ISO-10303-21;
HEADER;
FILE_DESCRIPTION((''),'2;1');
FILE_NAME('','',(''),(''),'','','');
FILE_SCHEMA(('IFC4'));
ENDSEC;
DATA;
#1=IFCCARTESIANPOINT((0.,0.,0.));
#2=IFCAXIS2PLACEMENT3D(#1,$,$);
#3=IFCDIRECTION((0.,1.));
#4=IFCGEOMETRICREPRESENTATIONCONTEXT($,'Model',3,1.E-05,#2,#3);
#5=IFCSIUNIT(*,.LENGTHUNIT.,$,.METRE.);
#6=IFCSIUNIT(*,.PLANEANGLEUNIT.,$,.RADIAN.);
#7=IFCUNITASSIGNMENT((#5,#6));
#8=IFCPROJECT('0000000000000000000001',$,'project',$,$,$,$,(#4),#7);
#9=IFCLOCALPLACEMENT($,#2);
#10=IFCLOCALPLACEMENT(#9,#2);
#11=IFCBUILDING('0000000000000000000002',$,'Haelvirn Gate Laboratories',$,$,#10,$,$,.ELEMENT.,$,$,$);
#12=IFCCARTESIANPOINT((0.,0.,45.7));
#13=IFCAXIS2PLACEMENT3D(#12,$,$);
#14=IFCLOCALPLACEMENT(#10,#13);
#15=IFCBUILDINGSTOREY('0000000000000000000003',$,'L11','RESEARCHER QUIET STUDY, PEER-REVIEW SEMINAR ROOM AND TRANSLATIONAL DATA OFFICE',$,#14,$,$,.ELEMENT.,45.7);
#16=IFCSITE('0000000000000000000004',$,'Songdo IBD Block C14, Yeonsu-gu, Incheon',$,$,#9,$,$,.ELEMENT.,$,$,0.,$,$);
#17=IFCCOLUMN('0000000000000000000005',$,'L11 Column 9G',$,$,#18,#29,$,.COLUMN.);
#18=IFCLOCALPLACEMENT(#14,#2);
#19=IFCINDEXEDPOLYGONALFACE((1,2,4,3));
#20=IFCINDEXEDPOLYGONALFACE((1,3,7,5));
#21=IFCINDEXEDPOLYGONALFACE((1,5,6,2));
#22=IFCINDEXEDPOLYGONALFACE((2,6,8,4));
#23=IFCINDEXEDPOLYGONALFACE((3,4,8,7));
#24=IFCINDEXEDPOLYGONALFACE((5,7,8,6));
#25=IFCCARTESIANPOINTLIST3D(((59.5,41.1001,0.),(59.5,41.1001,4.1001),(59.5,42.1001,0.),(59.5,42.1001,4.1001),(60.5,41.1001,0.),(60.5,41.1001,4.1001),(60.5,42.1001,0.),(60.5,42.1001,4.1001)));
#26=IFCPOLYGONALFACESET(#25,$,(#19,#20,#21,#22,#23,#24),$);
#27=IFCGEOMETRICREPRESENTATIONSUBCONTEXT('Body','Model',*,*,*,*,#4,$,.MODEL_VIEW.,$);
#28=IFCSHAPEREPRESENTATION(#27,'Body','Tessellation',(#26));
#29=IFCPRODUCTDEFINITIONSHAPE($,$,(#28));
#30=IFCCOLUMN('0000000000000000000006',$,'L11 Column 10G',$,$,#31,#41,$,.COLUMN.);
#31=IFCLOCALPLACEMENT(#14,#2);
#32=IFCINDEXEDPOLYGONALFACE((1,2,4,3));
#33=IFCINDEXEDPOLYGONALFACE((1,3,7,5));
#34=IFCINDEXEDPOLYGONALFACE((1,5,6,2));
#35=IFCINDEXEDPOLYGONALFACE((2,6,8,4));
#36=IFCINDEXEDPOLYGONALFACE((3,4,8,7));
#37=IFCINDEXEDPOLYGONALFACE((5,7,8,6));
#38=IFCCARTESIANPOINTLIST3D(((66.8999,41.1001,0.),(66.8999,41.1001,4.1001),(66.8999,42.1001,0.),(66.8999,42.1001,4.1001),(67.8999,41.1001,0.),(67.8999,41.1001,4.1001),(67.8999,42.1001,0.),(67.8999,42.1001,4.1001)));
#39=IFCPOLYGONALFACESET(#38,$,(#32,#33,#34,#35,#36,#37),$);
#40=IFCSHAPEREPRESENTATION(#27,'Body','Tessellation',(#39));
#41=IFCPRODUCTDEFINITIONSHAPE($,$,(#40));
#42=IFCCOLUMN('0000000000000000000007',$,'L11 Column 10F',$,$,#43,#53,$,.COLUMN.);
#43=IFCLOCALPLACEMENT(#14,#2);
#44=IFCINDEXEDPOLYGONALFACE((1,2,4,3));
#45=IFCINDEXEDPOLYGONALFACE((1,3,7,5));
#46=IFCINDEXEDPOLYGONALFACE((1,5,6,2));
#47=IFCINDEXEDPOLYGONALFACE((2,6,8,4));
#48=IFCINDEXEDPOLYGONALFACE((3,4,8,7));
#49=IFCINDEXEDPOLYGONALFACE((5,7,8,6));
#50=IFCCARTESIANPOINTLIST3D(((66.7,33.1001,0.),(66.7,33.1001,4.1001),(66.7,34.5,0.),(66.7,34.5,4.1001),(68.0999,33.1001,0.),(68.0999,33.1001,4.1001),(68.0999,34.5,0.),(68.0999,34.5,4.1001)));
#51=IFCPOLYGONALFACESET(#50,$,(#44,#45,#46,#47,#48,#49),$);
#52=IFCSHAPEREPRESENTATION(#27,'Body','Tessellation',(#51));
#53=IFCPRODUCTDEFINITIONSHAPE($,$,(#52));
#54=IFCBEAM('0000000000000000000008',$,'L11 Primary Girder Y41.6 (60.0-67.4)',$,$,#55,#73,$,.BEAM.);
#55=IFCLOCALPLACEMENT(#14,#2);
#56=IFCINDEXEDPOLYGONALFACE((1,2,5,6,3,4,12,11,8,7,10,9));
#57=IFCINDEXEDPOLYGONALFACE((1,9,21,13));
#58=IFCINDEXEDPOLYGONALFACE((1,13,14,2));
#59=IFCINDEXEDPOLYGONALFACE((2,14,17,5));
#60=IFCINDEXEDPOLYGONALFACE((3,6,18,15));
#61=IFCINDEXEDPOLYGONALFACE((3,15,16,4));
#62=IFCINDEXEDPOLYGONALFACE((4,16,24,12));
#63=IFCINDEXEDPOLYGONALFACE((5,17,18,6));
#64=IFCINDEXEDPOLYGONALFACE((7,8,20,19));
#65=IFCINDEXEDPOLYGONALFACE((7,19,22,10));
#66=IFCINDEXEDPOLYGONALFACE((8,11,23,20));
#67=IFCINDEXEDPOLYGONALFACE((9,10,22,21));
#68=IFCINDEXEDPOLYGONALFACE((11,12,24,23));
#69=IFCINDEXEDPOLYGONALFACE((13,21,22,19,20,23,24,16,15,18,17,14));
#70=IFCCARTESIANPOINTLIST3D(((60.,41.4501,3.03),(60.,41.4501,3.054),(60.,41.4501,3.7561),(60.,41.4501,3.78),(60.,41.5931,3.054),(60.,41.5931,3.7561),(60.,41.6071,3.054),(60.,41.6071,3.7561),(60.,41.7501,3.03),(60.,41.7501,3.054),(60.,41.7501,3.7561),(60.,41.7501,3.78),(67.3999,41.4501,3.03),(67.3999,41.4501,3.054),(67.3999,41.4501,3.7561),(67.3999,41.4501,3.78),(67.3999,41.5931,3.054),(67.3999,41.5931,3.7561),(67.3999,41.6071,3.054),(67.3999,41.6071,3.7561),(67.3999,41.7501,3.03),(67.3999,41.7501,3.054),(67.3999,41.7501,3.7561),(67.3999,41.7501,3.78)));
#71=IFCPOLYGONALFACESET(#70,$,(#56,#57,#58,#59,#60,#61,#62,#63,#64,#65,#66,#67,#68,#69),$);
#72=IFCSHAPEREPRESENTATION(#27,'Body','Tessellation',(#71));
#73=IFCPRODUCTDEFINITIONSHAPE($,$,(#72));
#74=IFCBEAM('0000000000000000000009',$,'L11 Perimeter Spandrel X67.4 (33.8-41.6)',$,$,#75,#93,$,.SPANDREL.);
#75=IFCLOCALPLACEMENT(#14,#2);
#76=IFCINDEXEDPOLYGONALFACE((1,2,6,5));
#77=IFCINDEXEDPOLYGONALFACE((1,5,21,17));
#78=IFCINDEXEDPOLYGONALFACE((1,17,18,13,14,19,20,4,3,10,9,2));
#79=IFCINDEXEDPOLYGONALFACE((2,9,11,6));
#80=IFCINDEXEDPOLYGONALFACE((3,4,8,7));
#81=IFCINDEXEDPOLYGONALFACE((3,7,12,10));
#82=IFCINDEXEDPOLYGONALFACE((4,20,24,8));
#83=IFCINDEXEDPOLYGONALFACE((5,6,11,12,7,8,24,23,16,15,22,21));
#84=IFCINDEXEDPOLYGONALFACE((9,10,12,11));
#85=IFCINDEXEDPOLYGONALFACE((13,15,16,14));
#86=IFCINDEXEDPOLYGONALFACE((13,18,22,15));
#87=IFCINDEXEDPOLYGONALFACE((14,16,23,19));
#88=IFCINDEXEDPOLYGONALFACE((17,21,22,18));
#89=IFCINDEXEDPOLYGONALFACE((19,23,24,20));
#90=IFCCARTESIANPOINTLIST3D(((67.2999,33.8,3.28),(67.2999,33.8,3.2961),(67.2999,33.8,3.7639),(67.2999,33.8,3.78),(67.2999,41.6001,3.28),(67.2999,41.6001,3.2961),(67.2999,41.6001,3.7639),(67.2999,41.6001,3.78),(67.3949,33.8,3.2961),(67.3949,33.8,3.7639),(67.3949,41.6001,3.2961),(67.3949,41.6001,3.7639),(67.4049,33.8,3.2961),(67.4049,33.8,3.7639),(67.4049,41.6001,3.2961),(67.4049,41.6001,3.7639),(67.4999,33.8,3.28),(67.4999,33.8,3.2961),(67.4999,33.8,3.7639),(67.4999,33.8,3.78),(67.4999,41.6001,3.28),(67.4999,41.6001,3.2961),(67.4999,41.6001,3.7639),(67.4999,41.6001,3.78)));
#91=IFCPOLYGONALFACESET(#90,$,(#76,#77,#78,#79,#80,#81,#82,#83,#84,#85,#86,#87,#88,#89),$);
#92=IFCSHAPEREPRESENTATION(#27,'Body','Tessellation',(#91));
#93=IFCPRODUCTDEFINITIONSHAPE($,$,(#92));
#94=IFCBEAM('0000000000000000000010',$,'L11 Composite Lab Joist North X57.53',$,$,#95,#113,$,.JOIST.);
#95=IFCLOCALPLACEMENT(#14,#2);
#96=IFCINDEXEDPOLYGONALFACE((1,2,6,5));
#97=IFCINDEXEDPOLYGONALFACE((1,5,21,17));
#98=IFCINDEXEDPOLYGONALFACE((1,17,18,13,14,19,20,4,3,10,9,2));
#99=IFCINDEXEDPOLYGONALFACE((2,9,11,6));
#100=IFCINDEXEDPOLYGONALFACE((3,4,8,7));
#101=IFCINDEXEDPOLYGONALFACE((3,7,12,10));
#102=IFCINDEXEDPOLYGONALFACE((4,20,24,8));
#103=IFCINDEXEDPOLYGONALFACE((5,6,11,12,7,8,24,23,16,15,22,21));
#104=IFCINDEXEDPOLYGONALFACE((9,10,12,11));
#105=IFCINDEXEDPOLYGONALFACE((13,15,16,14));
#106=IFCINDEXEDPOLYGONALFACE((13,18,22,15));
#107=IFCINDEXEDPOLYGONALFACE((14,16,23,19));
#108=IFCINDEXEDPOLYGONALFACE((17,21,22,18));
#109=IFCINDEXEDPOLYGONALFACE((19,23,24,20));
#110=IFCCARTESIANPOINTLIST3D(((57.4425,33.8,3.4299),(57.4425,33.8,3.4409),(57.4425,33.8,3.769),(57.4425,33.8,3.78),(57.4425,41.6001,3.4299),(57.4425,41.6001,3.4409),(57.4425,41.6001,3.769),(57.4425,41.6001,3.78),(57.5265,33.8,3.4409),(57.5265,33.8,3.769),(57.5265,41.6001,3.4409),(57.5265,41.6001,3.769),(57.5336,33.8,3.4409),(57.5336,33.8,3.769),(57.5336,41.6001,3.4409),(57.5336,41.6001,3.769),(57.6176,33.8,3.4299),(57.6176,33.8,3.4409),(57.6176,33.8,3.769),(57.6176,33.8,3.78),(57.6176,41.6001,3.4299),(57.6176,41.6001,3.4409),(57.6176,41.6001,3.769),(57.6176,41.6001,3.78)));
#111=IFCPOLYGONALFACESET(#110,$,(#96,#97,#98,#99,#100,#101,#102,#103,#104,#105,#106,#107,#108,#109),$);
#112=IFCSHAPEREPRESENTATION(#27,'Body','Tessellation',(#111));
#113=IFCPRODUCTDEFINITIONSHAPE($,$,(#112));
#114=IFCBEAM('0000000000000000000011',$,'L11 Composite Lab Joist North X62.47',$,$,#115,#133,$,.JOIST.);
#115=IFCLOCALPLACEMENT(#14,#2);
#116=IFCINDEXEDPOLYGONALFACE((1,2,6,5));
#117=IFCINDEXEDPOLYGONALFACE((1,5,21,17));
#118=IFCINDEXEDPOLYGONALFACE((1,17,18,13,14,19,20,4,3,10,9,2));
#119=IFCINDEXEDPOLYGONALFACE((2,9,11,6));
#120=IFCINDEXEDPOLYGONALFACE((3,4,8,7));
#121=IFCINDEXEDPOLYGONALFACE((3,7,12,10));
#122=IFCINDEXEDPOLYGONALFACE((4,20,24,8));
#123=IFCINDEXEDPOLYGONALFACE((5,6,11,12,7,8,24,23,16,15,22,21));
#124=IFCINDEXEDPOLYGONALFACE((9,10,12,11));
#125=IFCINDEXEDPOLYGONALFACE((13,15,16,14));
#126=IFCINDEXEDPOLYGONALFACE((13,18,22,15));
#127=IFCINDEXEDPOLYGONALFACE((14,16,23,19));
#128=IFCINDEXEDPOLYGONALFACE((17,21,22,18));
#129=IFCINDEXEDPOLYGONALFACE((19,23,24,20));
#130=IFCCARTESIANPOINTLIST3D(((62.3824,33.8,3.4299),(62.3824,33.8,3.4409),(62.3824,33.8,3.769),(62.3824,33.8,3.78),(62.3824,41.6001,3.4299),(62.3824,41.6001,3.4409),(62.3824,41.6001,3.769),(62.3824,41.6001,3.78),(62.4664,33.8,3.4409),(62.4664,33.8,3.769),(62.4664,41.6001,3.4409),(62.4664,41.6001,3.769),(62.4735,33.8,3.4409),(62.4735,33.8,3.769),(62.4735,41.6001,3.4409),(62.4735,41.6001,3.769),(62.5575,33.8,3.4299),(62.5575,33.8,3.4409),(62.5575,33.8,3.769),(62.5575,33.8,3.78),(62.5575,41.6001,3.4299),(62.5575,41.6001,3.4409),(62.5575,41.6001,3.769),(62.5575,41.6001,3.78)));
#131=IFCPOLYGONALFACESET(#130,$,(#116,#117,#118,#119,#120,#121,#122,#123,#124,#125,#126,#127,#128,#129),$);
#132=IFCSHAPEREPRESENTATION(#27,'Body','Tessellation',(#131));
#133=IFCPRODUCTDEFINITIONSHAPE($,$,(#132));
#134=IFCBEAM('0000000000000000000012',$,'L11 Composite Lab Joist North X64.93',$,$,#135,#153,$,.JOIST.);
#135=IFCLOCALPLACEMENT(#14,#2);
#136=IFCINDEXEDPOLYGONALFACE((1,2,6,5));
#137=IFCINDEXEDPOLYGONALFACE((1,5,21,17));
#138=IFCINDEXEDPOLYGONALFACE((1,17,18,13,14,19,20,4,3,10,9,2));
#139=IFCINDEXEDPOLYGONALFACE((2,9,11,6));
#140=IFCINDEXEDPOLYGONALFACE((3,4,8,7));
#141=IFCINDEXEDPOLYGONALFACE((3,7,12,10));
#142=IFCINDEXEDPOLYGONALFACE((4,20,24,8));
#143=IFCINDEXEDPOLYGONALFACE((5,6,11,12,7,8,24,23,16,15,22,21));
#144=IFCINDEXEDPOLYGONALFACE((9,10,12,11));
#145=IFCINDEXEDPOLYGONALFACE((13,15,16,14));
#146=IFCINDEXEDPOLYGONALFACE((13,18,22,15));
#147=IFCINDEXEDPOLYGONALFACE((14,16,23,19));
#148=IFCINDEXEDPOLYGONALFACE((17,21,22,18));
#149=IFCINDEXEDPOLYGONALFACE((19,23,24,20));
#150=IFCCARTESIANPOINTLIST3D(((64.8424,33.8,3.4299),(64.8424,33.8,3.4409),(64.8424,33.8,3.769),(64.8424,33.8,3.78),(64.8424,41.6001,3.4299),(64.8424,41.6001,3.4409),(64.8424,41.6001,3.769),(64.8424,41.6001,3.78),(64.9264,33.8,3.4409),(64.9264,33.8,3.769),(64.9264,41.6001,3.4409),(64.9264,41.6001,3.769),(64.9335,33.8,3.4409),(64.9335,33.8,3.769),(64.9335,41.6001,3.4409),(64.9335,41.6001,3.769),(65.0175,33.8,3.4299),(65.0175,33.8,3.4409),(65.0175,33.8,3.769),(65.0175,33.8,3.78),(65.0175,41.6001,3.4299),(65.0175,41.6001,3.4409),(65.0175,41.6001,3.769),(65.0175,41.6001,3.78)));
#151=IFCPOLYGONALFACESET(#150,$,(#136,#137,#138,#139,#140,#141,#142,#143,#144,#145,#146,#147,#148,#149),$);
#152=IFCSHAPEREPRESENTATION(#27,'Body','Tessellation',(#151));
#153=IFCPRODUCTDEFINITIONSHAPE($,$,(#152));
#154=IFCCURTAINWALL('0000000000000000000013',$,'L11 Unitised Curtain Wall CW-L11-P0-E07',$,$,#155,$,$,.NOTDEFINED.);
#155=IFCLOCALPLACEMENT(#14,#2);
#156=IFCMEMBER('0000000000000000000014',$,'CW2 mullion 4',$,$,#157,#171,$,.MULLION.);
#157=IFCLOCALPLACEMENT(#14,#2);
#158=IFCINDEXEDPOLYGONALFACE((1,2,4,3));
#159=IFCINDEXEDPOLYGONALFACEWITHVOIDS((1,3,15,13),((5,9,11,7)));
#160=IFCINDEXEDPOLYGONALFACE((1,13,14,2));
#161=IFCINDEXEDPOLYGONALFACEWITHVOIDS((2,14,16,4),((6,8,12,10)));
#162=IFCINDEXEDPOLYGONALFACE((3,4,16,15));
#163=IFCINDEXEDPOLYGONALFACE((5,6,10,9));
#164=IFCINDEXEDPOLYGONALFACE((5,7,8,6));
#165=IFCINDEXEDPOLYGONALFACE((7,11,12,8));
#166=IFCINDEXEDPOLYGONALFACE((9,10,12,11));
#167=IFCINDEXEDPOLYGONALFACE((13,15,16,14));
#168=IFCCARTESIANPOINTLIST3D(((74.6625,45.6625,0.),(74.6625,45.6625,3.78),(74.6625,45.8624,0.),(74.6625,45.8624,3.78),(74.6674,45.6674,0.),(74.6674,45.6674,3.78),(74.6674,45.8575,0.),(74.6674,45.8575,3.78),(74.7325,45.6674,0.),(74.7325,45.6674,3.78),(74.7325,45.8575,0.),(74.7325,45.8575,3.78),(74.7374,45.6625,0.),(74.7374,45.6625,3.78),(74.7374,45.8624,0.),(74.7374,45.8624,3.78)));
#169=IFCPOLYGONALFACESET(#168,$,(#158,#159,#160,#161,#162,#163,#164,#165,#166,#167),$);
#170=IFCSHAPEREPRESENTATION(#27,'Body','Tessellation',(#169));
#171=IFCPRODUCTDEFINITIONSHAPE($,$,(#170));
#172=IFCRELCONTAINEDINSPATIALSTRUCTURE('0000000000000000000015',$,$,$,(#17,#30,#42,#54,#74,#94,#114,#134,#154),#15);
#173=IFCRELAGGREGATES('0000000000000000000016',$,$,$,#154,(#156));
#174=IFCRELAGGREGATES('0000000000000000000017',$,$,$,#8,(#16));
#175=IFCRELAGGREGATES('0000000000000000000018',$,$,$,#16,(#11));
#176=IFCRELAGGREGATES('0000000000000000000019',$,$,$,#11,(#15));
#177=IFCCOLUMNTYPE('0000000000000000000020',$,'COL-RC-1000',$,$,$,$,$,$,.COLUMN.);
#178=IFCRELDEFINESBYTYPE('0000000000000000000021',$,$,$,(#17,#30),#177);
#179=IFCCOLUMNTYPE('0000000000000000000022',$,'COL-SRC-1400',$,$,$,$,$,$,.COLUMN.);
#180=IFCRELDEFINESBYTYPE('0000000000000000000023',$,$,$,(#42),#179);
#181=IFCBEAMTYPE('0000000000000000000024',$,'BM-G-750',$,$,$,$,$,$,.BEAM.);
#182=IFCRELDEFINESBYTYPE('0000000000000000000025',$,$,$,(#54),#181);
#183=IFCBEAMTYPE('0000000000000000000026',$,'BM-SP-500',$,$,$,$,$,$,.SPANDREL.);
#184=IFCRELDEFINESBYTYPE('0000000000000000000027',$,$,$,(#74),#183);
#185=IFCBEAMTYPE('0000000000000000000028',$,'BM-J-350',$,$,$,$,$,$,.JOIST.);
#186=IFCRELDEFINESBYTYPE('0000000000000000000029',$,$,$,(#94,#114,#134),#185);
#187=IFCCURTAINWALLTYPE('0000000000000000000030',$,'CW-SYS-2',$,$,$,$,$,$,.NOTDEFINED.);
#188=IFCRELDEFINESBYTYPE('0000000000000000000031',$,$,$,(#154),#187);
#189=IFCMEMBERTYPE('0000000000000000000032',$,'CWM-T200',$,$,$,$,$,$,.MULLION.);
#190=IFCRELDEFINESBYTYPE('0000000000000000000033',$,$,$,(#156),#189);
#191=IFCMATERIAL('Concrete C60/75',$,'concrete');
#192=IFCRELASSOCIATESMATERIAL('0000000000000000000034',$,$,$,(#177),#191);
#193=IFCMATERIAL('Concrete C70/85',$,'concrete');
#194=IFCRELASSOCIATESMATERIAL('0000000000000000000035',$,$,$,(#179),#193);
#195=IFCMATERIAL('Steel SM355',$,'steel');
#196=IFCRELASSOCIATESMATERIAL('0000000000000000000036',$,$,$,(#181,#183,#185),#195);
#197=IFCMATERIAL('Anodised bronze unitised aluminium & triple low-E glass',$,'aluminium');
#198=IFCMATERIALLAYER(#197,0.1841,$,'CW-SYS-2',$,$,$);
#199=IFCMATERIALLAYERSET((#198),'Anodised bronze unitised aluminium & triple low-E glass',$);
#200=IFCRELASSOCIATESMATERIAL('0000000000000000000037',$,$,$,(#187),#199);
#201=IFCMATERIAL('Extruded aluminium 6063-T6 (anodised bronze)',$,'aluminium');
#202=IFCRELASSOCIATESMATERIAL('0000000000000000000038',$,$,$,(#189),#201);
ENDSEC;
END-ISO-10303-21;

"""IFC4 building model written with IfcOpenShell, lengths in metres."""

from ifc_helpers import new_model, si_unit, direction, frame, origin, origin_2d, place, context, subcontext, project, spatial, rectangle, hollow_rectangle, i_section, extrude, source, transform, mapped, material, layer, layer_set, material_profile, profile_set, type_object, type_shapes, element, aggregate, save


model = new_model("IFC4")

# Units and contexts
model_context = context("Model", 3, precision=1e-05, world=origin(), true_north=direction((0.0, 1.0)))
body_context = subcontext(model_context, "Body", "Model", "MODEL_VIEW")
ifc_project = project(units=[si_unit("LENGTHUNIT", "METRE"), si_unit("PLANEANGLEUNIT", "RADIAN")], contexts=[model_context])

# Site, building, storey
site_placement = place(None, origin())
site = spatial("IfcSite", under=ifc_project, at=site_placement, Name="Songdo IBD Block C14, Yeonsu-gu, Incheon", CompositionType="ELEMENT", RefElevation=0.0)
building_placement = place(site_placement, origin())
building = spatial("IfcBuilding", under=site, at=building_placement, Name="Haelvirn Gate Laboratories", CompositionType="ELEMENT")
storey_placement = place(building_placement, frame((0.0, 0.0, 45.7)))
storey = spatial("IfcBuildingStorey", under=building, at=storey_placement, Name="L11", Description="RESEARCHER QUIET STUDY, PEER-REVIEW SEMINAR ROOM AND TRANSLATIONAL DATA OFFICE", CompositionType="ELEMENT", Elevation=45.7)

# Columns
ifc_material_1 = material(Name="Concrete C60/75", Category="concrete")
ifc_material_profile_1 = material_profile(ifc_material_1, rectangle(XDim=1.0, YDim=1.0, at=origin_2d()), Name="RC-1000x1000")
ifc_profile_set_1 = profile_set([ifc_material_profile_1], Name="Concrete C60/75")
column_type_1 = type_object("IfcColumnType", Name="COL-RC-1000", PredefinedType="COLUMN", material=ifc_profile_set_1)
shared_shape_1 = source(origin(), body_context, "Body", "SweptSolid", [
    extrude(rectangle(XDim=1.0, YDim=1.0, at=origin_2d()), origin(), (0.0, 0.0, 1.0), 4.1001),
])
type_shapes(column_type_1, [shared_shape_1])
for number, where, z_axis, x_axis, name in (
    (1, (60.0, 41.6001, 0.0), (0.0, 0.0, 1.0), (1.0, 0.0, 0.0), "L11 Column 9G"),
    (2, (67.3999, 41.6001, 0.0), (0.0, 0.0, 1.0), (1.0, 0.0, 0.0), "L11 Column 10G"),
):
    element("IfcColumn", number, at=place(storey_placement, frame(where, z_axis=z_axis, x_axis=x_axis)), inside=storey, type_object=column_type_1, Name=name, PredefinedType="COLUMN", context=body_context, shape_type="MappedRepresentation", body=[
        mapped(shared_shape_1, transform((0.0, 0.0, 0.0), scale=1.0)),
    ])
ifc_material_2 = material(Name="Concrete C70/85", Category="concrete")
ifc_material_profile_2 = material_profile(ifc_material_2, rectangle(XDim=1.3999, YDim=1.3999, at=origin_2d()), Name="SRC-1400x1400")
ifc_profile_set_2 = profile_set([ifc_material_profile_2], Name="Concrete C70/85")
column_type_2 = type_object("IfcColumnType", Name="COL-SRC-1400", PredefinedType="COLUMN", material=ifc_profile_set_2)
shared_shape_2 = source(origin(), body_context, "Body", "SweptSolid", [
    extrude(rectangle(XDim=1.3999, YDim=1.3999, at=origin_2d()), origin(), (0.0, 0.0, 1.0), 4.1001),
])
type_shapes(column_type_2, [shared_shape_2])
column_placement = place(storey_placement, frame((67.3999, 33.8, 0.0), z_axis=(0.0, 0.0, 1.0), x_axis=(1.0, 0.0, 0.0)))
element("IfcColumn", 3, at=column_placement, inside=storey, type_object=column_type_2, Name="L11 Column 10F", PredefinedType="COLUMN", context=body_context, shape_type="MappedRepresentation", body=[
    mapped(shared_shape_2, transform((0.0, 0.0, 0.0), scale=1.0)),
])

# Beams
ifc_material_3 = material(Name="Steel SM355", Category="steel")
ifc_material_profile_3 = material_profile(ifc_material_3, i_section(OverallWidth=0.3, OverallDepth=0.75, WebThickness=0.0139, FlangeThickness=0.0239, at=origin_2d()), Name="H-750x300x14x24")
ifc_profile_set_3 = profile_set([ifc_material_profile_3], Name="Steel SM355")
beam_type_1 = type_object("IfcBeamType", Name="BM-G-750", PredefinedType="BEAM", material=ifc_profile_set_3)
shared_shape_3 = source(origin(), body_context, "Body", "SweptSolid", [
    extrude(i_section(OverallWidth=0.3, OverallDepth=0.75, WebThickness=0.0139, FlangeThickness=0.0239, at=origin_2d()), origin(), (0.0, 0.0, 1.0), 7.3999),
])
type_shapes(beam_type_1, [shared_shape_3])
beam_1_placement = place(storey_placement, frame((60.0, 41.6001, 3.405), z_axis=(1.0, 0.0, 0.0), x_axis=(0.0, 1.0, 0.0)))
element("IfcBeam", 4, at=beam_1_placement, inside=storey, type_object=beam_type_1, Name="L11 Primary Girder Y41.6 (60.0-67.4)", PredefinedType="BEAM", context=body_context, shape_type="MappedRepresentation", body=[
    mapped(shared_shape_3, transform((0.0, 0.0, 0.0), scale=1.0)),
])
ifc_material_profile_4 = material_profile(ifc_material_3, i_section(OverallWidth=0.2, OverallDepth=0.5, WebThickness=0.01, FlangeThickness=0.0161, at=origin_2d()), Name="H-500x200x10x16")
ifc_profile_set_4 = profile_set([ifc_material_profile_4], Name="Steel SM355")
beam_type_2 = type_object("IfcBeamType", Name="BM-SP-500", PredefinedType="SPANDREL", material=ifc_profile_set_4)
shared_shape_4 = source(origin(), body_context, "Body", "SweptSolid", [
    extrude(i_section(OverallWidth=0.2, OverallDepth=0.5, WebThickness=0.01, FlangeThickness=0.0161, at=origin_2d()), origin(), (0.0, 0.0, 1.0), 7.8),
])
type_shapes(beam_type_2, [shared_shape_4])
beam_2_placement = place(storey_placement, frame((67.3999, 33.8, 3.53), z_axis=(0.0, 1.0, 0.0), x_axis=(-1.0, 0.0, 0.0)))
element("IfcBeam", 5, at=beam_2_placement, inside=storey, type_object=beam_type_2, Name="L11 Perimeter Spandrel X67.4 (33.8-41.6)", PredefinedType="SPANDREL", context=body_context, shape_type="MappedRepresentation", body=[
    mapped(shared_shape_4, transform((0.0, 0.0, 0.0), scale=1.0)),
])
ifc_material_profile_5 = material_profile(ifc_material_3, i_section(OverallWidth=0.175, OverallDepth=0.3501, WebThickness=0.0071, FlangeThickness=0.011, at=origin_2d()), Name="H-350x175x7x11")
ifc_profile_set_5 = profile_set([ifc_material_profile_5], Name="Steel SM355")
beam_type_3 = type_object("IfcBeamType", Name="BM-J-350", PredefinedType="JOIST", material=ifc_profile_set_5)
shared_shape_5 = source(origin(), body_context, "Body", "SweptSolid", [
    extrude(i_section(OverallWidth=0.175, OverallDepth=0.3501, WebThickness=0.0071, FlangeThickness=0.011, at=origin_2d()), origin(), (0.0, 0.0, 1.0), 7.8),
])
type_shapes(beam_type_3, [shared_shape_5])
for number, where, z_axis, x_axis, name in (
    (6, (57.53, 33.8, 3.605), (0.0, 1.0, 0.0), (-1.0, 0.0, 0.0), "L11 Composite Lab Joist North X57.53"),
    (7, (62.47, 33.8, 3.605), (0.0, 1.0, 0.0), (-1.0, 0.0, 0.0), "L11 Composite Lab Joist North X62.47"),
    (8, (64.9299, 33.8, 3.605), (0.0, 1.0, 0.0), (-1.0, 0.0, 0.0), "L11 Composite Lab Joist North X64.93"),
):
    element("IfcBeam", number, at=place(storey_placement, frame(where, z_axis=z_axis, x_axis=x_axis)), inside=storey, type_object=beam_type_3, Name=name, PredefinedType="JOIST", context=body_context, shape_type="MappedRepresentation", body=[
        mapped(shared_shape_5, transform((0.0, 0.0, 0.0), scale=1.0)),
    ])

# Curtain wall, member
ifc_material_4 = material(Name="Anodised bronze unitised aluminium & triple low-E glass", Category="aluminium")
ifc_layer_1 = layer(ifc_material_4, 0.1841, Name="CW-SYS-2")
ifc_layer_set_1 = layer_set([ifc_layer_1], Name="Anodised bronze unitised aluminium & triple low-E glass")
curtain_wall_type_1 = type_object("IfcCurtainWallType", Name="CW-SYS-2", PredefinedType="NOTDEFINED", material=ifc_layer_set_1)
curtain_wall_1_placement = place(storey_placement, origin())
curtain_wall_1 = element("IfcCurtainWall", 9, at=curtain_wall_1_placement, inside=storey, type_object=curtain_wall_type_1, Name="L11 Unitised Curtain Wall CW-L11-P0-E07", PredefinedType="NOTDEFINED")
ifc_material_5 = material(Name="Extruded aluminium 6063-T6 (anodised bronze)", Category="aluminium")
ifc_material_profile_6 = material_profile(ifc_material_5, hollow_rectangle(XDim=0.075, YDim=0.2, WallThickness=0.0049, at=origin_2d()), Name="CWM-200x75x5")
ifc_profile_set_6 = profile_set([ifc_material_profile_6], Name="Extruded aluminium 6063-T6 (anodised bronze)")
member_type_1 = type_object("IfcMemberType", Name="CWM-T200", PredefinedType="MULLION", material=ifc_profile_set_6)
shared_shape_6 = source(origin(), body_context, "Body", "SweptSolid", [
    extrude(hollow_rectangle(XDim=0.075, YDim=0.2, WallThickness=0.0049, at=origin_2d()), origin(), (0.0, 0.0, 1.0), 3.78),
])
type_shapes(member_type_1, [shared_shape_6])
member_1_placement = place(storey_placement, frame((74.7, 45.7625, 0.0), z_axis=(0.0, 0.0, 1.0), x_axis=(-1.0, 0.0, 0.0)))
member_1 = element("IfcMember", 10, at=member_1_placement, type_object=member_type_1, Name="CW2 mullion 4", PredefinedType="MULLION", context=body_context, shape_type="MappedRepresentation", body=[
    mapped(shared_shape_6, transform((0.0, 0.0, 0.0), scale=1.0)),
])

aggregate(curtain_wall_1, [member_1])

save(model, "model.ifc")
